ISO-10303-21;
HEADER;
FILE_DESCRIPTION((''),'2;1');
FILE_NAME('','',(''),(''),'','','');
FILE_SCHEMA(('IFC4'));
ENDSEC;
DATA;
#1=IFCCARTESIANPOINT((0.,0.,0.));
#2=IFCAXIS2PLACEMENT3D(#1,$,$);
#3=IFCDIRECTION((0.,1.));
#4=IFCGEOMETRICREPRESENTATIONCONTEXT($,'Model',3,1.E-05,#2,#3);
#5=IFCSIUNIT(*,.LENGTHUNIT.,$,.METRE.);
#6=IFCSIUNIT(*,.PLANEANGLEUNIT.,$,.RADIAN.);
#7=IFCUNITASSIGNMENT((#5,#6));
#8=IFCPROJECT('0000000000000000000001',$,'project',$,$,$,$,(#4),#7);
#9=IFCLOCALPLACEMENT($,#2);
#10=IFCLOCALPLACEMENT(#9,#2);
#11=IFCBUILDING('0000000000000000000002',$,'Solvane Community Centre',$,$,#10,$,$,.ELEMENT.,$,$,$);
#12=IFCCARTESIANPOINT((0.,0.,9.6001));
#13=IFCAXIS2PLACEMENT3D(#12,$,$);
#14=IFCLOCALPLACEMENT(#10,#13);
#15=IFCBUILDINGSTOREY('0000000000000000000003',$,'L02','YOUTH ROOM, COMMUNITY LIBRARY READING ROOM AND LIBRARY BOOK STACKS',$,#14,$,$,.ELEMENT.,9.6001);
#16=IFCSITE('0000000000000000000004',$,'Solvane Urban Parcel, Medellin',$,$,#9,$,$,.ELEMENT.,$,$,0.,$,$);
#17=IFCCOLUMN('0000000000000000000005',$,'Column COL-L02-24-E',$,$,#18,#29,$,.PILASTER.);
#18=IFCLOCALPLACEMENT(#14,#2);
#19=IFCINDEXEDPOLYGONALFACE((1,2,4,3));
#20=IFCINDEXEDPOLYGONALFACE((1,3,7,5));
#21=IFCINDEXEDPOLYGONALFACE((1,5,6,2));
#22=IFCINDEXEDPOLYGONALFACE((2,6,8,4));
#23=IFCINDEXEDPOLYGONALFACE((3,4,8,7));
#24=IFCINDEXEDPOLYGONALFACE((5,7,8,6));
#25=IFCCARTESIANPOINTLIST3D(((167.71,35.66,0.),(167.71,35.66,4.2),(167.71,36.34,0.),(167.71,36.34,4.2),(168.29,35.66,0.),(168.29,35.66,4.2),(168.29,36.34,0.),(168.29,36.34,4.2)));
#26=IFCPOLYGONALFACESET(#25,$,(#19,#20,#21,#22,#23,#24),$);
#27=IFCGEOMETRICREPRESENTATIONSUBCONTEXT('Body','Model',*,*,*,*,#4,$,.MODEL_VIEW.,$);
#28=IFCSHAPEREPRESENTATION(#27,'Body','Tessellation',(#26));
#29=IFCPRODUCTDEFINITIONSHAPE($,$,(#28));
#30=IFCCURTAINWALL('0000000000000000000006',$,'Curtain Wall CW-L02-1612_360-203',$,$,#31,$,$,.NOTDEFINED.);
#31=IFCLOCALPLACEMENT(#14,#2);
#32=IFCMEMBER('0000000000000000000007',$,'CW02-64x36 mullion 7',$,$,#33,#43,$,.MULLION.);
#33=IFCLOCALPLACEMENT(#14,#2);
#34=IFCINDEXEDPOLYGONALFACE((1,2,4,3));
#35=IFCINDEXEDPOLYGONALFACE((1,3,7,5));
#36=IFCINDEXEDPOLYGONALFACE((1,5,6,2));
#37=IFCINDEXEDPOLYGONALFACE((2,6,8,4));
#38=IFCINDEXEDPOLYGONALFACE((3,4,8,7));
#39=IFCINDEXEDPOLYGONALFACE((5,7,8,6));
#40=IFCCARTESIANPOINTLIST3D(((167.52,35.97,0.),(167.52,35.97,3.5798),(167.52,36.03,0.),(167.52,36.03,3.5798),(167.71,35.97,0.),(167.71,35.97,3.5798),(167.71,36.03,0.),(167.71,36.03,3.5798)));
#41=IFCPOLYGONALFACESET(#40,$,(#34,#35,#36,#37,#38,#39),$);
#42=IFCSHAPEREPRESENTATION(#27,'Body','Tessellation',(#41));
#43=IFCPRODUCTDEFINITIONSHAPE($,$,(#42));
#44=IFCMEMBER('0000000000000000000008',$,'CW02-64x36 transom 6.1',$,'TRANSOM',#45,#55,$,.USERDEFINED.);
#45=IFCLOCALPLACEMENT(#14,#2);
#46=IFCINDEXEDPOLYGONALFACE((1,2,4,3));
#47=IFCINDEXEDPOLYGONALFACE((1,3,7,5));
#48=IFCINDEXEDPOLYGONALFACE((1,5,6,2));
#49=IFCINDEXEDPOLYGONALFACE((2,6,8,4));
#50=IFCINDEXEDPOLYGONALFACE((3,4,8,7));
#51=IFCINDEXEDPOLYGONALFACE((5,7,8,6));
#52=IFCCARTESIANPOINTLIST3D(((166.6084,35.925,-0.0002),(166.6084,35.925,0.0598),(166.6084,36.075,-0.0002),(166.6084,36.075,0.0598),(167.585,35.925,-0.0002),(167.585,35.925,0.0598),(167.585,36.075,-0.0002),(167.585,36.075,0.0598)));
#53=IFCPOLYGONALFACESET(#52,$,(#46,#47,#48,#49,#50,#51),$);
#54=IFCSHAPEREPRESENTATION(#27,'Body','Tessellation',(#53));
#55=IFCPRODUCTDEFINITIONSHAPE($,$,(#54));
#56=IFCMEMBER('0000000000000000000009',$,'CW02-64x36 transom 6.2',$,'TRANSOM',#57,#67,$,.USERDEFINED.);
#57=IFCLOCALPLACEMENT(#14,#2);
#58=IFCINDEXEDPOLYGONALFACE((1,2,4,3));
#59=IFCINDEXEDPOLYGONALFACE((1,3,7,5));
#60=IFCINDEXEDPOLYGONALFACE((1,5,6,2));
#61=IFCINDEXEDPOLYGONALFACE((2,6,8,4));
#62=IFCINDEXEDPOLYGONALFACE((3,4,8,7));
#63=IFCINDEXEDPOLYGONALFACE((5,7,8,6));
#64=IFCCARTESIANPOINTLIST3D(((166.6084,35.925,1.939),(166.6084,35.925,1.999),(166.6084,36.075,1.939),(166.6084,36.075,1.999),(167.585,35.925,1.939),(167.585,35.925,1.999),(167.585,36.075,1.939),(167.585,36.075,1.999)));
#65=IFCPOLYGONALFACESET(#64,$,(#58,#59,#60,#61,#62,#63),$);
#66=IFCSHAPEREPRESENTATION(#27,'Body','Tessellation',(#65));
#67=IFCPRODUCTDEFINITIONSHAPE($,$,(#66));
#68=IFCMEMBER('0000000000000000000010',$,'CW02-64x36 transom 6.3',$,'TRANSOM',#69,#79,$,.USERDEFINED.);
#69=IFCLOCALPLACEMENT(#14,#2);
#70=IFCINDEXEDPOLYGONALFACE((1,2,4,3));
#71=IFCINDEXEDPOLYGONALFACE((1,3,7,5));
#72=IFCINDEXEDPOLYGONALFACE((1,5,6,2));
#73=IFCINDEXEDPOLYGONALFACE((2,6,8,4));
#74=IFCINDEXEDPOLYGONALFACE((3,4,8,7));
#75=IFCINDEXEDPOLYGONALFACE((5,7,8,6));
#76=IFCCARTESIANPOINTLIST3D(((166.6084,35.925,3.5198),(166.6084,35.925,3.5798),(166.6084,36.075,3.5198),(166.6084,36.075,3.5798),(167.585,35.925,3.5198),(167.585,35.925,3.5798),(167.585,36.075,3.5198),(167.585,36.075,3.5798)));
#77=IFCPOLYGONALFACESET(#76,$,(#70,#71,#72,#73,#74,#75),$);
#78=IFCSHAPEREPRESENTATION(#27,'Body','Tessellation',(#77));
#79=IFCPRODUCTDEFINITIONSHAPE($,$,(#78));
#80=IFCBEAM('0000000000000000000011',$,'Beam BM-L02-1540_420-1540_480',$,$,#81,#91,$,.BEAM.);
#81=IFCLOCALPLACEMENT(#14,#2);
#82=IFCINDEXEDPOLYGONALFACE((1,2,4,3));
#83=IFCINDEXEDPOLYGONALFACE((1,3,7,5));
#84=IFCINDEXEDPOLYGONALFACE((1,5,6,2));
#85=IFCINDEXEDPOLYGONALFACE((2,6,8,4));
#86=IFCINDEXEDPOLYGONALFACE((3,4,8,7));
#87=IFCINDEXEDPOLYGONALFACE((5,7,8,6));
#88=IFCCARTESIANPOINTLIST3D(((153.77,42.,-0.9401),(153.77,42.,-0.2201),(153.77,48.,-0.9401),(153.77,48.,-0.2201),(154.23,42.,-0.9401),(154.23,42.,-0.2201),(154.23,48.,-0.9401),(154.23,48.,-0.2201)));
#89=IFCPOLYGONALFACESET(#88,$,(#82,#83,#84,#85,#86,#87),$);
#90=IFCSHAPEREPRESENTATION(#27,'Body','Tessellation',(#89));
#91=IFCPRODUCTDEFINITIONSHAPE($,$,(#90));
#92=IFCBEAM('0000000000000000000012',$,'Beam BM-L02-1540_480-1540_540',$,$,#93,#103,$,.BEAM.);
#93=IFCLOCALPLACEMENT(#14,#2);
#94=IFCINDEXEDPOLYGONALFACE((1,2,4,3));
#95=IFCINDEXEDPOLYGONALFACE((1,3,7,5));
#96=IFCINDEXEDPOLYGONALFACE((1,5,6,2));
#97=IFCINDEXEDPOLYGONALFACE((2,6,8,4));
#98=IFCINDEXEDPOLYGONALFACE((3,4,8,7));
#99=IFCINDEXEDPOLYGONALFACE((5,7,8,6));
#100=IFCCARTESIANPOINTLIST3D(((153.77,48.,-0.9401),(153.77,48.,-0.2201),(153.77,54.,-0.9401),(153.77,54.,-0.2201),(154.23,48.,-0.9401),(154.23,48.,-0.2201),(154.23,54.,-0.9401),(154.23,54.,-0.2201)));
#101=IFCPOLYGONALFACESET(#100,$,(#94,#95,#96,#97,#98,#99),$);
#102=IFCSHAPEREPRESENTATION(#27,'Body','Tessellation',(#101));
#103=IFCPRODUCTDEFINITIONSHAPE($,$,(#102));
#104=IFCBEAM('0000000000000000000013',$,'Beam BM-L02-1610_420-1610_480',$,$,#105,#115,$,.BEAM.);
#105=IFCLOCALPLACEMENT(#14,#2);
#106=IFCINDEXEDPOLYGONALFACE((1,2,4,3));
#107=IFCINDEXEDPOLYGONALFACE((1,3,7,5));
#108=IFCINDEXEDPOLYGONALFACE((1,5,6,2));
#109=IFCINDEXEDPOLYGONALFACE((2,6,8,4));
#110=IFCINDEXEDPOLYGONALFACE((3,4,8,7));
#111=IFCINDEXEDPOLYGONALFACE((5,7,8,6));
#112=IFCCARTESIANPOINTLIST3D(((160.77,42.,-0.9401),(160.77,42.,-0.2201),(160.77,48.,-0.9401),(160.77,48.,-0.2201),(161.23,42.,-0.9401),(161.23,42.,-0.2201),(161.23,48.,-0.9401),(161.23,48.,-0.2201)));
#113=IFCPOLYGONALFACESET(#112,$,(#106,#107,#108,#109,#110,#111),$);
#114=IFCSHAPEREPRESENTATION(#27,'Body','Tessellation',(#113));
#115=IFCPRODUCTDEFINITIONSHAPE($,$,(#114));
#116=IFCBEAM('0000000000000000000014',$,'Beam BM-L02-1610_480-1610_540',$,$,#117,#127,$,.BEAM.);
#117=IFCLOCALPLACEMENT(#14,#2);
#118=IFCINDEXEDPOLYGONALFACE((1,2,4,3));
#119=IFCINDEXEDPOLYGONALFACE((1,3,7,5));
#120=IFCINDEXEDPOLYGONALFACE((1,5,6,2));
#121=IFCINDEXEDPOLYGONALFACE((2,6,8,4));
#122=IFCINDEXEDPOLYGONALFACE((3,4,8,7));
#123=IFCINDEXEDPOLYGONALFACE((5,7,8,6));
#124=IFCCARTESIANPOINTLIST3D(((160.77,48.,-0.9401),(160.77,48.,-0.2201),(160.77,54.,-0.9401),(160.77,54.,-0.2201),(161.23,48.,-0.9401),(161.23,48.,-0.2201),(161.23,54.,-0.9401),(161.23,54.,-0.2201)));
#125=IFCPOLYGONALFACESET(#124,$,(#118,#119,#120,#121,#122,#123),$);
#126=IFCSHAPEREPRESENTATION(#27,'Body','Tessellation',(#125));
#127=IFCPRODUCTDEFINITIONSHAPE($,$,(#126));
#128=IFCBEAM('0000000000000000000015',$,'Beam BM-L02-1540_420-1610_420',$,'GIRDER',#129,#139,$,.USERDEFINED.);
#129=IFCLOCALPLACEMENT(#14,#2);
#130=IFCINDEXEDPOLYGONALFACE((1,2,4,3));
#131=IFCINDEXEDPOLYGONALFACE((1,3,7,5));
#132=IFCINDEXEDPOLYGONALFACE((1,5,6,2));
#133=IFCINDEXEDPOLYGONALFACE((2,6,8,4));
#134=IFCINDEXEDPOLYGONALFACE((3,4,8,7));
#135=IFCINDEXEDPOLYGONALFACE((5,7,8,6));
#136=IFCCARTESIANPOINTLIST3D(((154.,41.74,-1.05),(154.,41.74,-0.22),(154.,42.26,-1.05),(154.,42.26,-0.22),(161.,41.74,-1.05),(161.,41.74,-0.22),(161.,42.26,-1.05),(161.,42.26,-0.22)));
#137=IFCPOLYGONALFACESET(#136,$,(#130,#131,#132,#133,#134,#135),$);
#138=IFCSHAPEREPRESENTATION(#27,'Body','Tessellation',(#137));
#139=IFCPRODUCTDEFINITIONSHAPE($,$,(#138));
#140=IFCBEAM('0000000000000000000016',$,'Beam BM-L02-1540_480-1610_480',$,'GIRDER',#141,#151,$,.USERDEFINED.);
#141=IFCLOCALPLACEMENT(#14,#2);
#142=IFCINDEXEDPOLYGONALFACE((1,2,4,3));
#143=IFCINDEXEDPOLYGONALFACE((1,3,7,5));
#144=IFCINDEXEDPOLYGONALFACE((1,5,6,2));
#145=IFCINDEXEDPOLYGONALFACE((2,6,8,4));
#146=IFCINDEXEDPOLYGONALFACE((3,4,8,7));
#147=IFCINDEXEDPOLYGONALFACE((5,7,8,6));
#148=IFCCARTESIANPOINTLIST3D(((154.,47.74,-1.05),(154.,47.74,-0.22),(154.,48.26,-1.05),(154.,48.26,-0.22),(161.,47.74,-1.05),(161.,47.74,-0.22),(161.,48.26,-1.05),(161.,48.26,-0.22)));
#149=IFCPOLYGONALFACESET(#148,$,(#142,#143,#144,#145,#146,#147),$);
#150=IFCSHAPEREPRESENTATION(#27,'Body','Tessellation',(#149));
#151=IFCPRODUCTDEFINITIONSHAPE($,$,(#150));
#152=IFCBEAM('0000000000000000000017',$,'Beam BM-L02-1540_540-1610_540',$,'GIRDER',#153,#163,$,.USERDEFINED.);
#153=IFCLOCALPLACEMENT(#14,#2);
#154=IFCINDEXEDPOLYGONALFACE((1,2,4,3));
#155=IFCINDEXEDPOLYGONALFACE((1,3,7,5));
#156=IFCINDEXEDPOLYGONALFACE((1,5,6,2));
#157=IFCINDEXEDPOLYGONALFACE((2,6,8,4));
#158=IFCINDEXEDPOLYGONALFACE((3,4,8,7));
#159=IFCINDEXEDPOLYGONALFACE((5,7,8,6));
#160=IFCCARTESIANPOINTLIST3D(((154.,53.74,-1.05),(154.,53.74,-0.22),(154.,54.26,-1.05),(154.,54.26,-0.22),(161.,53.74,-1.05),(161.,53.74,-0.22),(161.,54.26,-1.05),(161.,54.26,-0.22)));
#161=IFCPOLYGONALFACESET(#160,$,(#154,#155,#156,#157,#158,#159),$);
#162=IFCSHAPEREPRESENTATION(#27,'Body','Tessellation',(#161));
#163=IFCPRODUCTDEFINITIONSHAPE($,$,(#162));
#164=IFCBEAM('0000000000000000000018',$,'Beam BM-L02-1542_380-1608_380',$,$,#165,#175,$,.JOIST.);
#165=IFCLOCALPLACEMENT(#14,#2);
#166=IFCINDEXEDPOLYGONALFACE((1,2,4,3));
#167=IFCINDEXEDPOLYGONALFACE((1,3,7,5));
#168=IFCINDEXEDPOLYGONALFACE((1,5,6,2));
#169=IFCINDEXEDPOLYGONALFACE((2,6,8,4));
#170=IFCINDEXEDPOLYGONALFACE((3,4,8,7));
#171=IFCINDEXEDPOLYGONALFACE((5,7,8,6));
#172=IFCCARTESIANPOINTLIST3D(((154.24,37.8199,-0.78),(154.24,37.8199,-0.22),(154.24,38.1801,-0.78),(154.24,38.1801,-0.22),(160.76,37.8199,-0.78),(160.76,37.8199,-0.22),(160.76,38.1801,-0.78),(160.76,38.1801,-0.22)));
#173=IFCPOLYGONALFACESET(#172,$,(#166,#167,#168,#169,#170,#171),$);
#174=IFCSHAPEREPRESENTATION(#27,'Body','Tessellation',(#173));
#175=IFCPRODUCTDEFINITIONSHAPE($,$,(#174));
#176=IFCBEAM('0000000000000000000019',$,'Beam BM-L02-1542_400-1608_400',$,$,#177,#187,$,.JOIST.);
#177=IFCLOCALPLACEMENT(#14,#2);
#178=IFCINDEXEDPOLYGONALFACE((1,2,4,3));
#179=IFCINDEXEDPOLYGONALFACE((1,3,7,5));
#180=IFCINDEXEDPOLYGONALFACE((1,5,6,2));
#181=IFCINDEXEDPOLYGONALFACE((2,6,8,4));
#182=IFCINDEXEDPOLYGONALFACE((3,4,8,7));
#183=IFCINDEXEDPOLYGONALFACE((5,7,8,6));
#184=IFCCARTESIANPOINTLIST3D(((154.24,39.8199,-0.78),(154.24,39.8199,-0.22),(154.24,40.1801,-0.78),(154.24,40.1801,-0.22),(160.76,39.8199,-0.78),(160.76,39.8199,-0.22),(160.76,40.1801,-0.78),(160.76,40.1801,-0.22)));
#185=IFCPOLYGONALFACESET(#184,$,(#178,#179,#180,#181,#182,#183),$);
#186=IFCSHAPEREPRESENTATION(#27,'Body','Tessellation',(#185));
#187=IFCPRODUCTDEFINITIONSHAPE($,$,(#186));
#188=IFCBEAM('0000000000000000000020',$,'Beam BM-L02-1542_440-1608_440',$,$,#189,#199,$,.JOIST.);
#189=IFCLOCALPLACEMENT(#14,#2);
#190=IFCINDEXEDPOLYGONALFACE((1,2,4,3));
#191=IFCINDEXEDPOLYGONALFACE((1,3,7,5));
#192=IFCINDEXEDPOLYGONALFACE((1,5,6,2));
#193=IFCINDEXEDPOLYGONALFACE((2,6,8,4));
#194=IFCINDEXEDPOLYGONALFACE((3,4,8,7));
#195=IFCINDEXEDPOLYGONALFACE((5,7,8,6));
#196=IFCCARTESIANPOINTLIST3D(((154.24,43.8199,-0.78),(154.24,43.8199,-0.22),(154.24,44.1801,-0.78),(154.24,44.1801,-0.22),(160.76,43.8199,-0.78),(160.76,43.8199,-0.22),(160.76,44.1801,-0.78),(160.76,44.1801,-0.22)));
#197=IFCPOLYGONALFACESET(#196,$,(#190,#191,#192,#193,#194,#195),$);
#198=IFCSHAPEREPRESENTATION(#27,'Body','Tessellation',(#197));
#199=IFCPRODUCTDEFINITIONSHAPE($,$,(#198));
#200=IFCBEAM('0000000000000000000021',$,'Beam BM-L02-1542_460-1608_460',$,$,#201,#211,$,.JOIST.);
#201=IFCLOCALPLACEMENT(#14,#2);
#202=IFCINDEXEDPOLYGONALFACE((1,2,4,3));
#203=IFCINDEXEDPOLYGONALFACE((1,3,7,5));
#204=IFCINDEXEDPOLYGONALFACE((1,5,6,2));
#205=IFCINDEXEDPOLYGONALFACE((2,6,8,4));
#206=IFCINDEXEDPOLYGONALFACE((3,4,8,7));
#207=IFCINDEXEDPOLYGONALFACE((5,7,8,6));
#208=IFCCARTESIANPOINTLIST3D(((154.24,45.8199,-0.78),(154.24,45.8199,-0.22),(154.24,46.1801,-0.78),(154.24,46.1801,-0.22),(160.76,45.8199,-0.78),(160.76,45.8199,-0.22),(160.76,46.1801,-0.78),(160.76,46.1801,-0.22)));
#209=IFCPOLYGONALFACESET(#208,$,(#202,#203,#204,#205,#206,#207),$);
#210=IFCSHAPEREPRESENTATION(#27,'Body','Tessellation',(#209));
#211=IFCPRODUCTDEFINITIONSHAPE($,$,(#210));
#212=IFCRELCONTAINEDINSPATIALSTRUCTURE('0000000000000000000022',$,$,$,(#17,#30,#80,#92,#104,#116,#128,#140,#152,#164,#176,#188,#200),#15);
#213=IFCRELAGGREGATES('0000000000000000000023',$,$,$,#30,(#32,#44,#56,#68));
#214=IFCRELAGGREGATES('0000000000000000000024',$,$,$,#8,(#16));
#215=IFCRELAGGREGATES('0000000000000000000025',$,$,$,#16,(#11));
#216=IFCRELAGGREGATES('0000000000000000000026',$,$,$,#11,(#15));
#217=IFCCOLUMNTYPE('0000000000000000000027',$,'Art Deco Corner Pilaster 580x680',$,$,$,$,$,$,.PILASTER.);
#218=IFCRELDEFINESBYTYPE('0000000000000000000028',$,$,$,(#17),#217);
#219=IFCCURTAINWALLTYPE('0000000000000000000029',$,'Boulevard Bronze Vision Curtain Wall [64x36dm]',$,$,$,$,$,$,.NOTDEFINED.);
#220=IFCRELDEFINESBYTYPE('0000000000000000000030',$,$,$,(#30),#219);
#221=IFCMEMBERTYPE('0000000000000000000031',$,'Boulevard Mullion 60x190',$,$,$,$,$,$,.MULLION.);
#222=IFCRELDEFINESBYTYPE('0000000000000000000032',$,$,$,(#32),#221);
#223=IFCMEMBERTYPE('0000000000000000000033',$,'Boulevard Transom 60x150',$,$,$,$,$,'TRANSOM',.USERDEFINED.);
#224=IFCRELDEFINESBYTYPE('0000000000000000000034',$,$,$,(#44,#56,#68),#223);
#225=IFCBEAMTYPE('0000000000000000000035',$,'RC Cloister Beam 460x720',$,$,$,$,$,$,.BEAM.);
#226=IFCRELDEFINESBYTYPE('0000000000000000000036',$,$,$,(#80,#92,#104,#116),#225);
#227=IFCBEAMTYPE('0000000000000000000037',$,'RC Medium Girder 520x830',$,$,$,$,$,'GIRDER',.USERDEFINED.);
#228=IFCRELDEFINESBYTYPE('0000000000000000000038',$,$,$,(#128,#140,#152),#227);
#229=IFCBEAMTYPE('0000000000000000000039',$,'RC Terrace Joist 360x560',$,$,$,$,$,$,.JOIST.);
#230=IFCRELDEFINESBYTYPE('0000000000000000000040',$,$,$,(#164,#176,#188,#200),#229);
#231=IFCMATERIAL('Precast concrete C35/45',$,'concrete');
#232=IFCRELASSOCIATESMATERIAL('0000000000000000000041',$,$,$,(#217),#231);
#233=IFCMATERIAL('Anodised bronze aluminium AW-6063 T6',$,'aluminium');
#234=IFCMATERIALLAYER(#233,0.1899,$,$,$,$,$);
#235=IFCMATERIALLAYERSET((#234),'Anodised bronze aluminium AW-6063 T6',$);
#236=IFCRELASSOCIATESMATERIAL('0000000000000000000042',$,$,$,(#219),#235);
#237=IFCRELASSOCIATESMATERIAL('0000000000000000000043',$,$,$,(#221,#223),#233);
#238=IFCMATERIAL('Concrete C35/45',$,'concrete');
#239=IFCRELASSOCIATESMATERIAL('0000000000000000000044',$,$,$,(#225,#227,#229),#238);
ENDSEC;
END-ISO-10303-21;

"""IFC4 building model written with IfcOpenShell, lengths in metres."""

from ifc_helpers import new_model, si_unit, direction, frame, origin, origin_2d, place, context, subcontext, project, spatial, rectangle, extrude, material, layer, layer_set, material_profile, profile_set, type_object, element, aggregate, save


model = new_model("IFC4")

# Units and contexts
model_context = context("Model", 3, precision=1e-05, world=origin(), true_north=direction((0.0, 1.0)))
body_context = subcontext(model_context, "Body", "Model", "MODEL_VIEW")
ifc_project = project(units=[si_unit("LENGTHUNIT", "METRE"), si_unit("PLANEANGLEUNIT", "RADIAN")], contexts=[model_context])

# Site, building, storey
site_placement = place(None, origin())
site = spatial("IfcSite", under=ifc_project, at=site_placement, Name="Solvane Urban Parcel, Medellin", CompositionType="ELEMENT", RefElevation=0.0)
building_placement = place(site_placement, origin())
building = spatial("IfcBuilding", under=site, at=building_placement, Name="Solvane Community Centre", CompositionType="ELEMENT")
storey_placement = place(building_placement, frame((0.0, 0.0, 9.6001)))
storey = spatial("IfcBuildingStorey", under=building, at=storey_placement, Name="L02", Description="YOUTH ROOM, COMMUNITY LIBRARY READING ROOM AND LIBRARY BOOK STACKS", CompositionType="ELEMENT", Elevation=9.6001)

# Column
ifc_material_1 = material(Name="Precast concrete C35/45", Category="concrete")
ifc_material_profile_1 = material_profile(ifc_material_1, rectangle(XDim=0.5801, YDim=0.6799, at=origin_2d()), Name="RC 580x680")
ifc_profile_set_1 = profile_set([ifc_material_profile_1], Name="Precast concrete C35/45")
column_type = type_object("IfcColumnType", Name="Art Deco Corner Pilaster 580x680", PredefinedType="PILASTER", material=ifc_profile_set_1)
column_placement = place(storey_placement, frame((168.0, 36.0, 0.0), z_axis=(0.0, 0.0, 1.0), x_axis=(1.0, 0.0, 0.0)))
element("IfcColumn", 1, at=column_placement, inside=storey, type_object=column_type, Name="Column COL-L02-24-E", PredefinedType="PILASTER", context=body_context, shape_type="SweptSolid", body=[
    extrude(rectangle(XDim=0.5801, YDim=0.6799, at=origin_2d()), origin(), (0.0, 0.0, 1.0), 4.2),
])

# Curtain wall, members
ifc_material_2 = material(Name="Anodised bronze aluminium AW-6063 T6", Category="aluminium")
ifc_layer_1 = layer(ifc_material_2, 0.1899)
ifc_layer_set_1 = layer_set([ifc_layer_1], Name="Anodised bronze aluminium AW-6063 T6")
curtain_wall_type = type_object("IfcCurtainWallType", Name="Boulevard Bronze Vision Curtain Wall [64x36dm]", PredefinedType="NOTDEFINED", material=ifc_layer_set_1)
curtain_wall_placement = place(storey_placement, origin())
curtain_wall = element("IfcCurtainWall", 2, at=curtain_wall_placement, inside=storey, type_object=curtain_wall_type, Name="Curtain Wall CW-L02-1612_360-203", PredefinedType="NOTDEFINED")
ifc_material_profile_2 = material_profile(ifc_material_2, rectangle(XDim=0.0601, YDim=0.1899, at=origin_2d()), Name="CW-M 60x190")
ifc_profile_set_2 = profile_set([ifc_material_profile_2], Name="Anodised bronze aluminium AW-6063 T6")
member_type_1 = type_object("IfcMemberType", Name="Boulevard Mullion 60x190", PredefinedType="MULLION", material=ifc_profile_set_2)
member_1_placement = place(storey_placement, frame((167.615, 36.0, 0.0), z_axis=(0.0, 0.0, 1.0), x_axis=(0.0, 1.0, 0.0)))
member_1 = element("IfcMember", 3, at=member_1_placement, type_object=member_type_1, Name="CW02-64x36 mullion 7", PredefinedType="MULLION", context=body_context, shape_type="SweptSolid", body=[
    extrude(rectangle(XDim=0.0601, YDim=0.1899, at=origin_2d()), origin(), (0.0, 0.0, 1.0), 3.5798),
])
ifc_material_profile_3 = material_profile(ifc_material_2, rectangle(XDim=0.1499, YDim=0.0601, at=origin_2d()), Name="CW-T 60x150")
ifc_profile_set_3 = profile_set([ifc_material_profile_3], Name="Anodised bronze aluminium AW-6063 T6")
member_type_2 = type_object("IfcMemberType", Name="Boulevard Transom 60x150", ElementType="TRANSOM", PredefinedType="USERDEFINED", material=ifc_profile_set_3)
member_2_placement = place(storey_placement, frame((166.6084, 36.0, 0.0298), z_axis=(1.0, 0.0, 0.0), x_axis=(0.0, 1.0, 0.0)))
member_2 = element("IfcMember", 4, at=member_2_placement, type_object=member_type_2, Name="CW02-64x36 transom 6.1", ObjectType="TRANSOM", PredefinedType="USERDEFINED", context=body_context, shape_type="SweptSolid", body=[
    extrude(rectangle(XDim=0.1499, YDim=0.0601, at=origin_2d()), origin(), (0.0, 0.0, 1.0), 0.9766),
])
member_3_placement = place(storey_placement, frame((166.6084, 36.0, 1.969), z_axis=(1.0, 0.0, 0.0), x_axis=(0.0, 1.0, 0.0)))
member_3 = element("IfcMember", 5, at=member_3_placement, type_object=member_type_2, Name="CW02-64x36 transom 6.2", ObjectType="TRANSOM", PredefinedType="USERDEFINED", context=body_context, shape_type="SweptSolid", body=[
    extrude(rectangle(XDim=0.1499, YDim=0.0601, at=origin_2d()), origin(), (0.0, 0.0, 1.0), 0.9766),
])
member_4_placement = place(storey_placement, frame((166.6084, 36.0, 3.5498), z_axis=(1.0, 0.0, 0.0), x_axis=(0.0, 1.0, 0.0)))
member_4 = element("IfcMember", 6, at=member_4_placement, type_object=member_type_2, Name="CW02-64x36 transom 6.3", ObjectType="TRANSOM", PredefinedType="USERDEFINED", context=body_context, shape_type="SweptSolid", body=[
    extrude(rectangle(XDim=0.1499, YDim=0.0601, at=origin_2d()), origin(), (0.0, 0.0, 1.0), 0.9766),
])

# Beams
ifc_material_3 = material(Name="Concrete C35/45", Category="concrete")
ifc_material_profile_4 = material_profile(ifc_material_3, rectangle(XDim=0.46, YDim=0.72, at=origin_2d()), Name="RC 460x720")
ifc_profile_set_4 = profile_set([ifc_material_profile_4], Name="Concrete C35/45")
beam_type_1 = type_object("IfcBeamType", Name="RC Cloister Beam 460x720", PredefinedType="BEAM", material=ifc_profile_set_4)
for number, where, z_axis, x_axis, name in (
    (7, (154.0, 42.0, -0.5801), (0.0, 1.0, 0.0), (-1.0, 0.0, 0.0), "Beam BM-L02-1540_420-1540_480"),
    (8, (154.0, 48.0, -0.5801), (0.0, 1.0, 0.0), (-1.0, 0.0, 0.0), "Beam BM-L02-1540_480-1540_540"),
    (9, (161.0, 42.0, -0.5801), (0.0, 1.0, 0.0), (-1.0, 0.0, 0.0), "Beam BM-L02-1610_420-1610_480"),
    (10, (161.0, 48.0, -0.5801), (0.0, 1.0, 0.0), (-1.0, 0.0, 0.0), "Beam BM-L02-1610_480-1610_540"),
):
    element("IfcBeam", number, at=place(storey_placement, frame(where, z_axis=z_axis, x_axis=x_axis)), inside=storey, type_object=beam_type_1, Name=name, PredefinedType="BEAM", context=body_context, shape_type="SweptSolid", body=[
        extrude(rectangle(XDim=0.46, YDim=0.72, at=origin_2d()), origin(), (0.0, 0.0, 1.0), 6.0),
    ])
ifc_material_profile_5 = material_profile(ifc_material_3, rectangle(XDim=0.52, YDim=0.8301, at=origin_2d()), Name="RC 520x830")
ifc_profile_set_5 = profile_set([ifc_material_profile_5], Name="Concrete C35/45")
beam_type_2 = type_object("IfcBeamType", Name="RC Medium Girder 520x830", ElementType="GIRDER", PredefinedType="USERDEFINED", material=ifc_profile_set_5)
for number, where, z_axis, x_axis, name in (
    (11, (154.0, 42.0, -0.635), (1.0, 0.0, 0.0), (0.0, 1.0, 0.0), "Beam BM-L02-1540_420-1610_420"),
    (12, (154.0, 48.0, -0.635), (1.0, 0.0, 0.0), (0.0, 1.0, 0.0), "Beam BM-L02-1540_480-1610_480"),
    (13, (154.0, 54.0, -0.635), (1.0, 0.0, 0.0), (0.0, 1.0, 0.0), "Beam BM-L02-1540_540-1610_540"),
):
    element("IfcBeam", number, at=place(storey_placement, frame(where, z_axis=z_axis, x_axis=x_axis)), inside=storey, type_object=beam_type_2, Name=name, ObjectType="GIRDER", PredefinedType="USERDEFINED", context=body_context, shape_type="SweptSolid", body=[
        extrude(rectangle(XDim=0.52, YDim=0.8301, at=origin_2d()), origin(), (0.0, 0.0, 1.0), 7.0),
    ])
ifc_material_profile_6 = material_profile(ifc_material_3, rectangle(XDim=0.3601, YDim=0.5601, at=origin_2d()), Name="RC 360x560")
ifc_profile_set_6 = profile_set([ifc_material_profile_6], Name="Concrete C35/45")
beam_type_3 = type_object("IfcBeamType", Name="RC Terrace Joist 360x560", PredefinedType="JOIST", material=ifc_profile_set_6)
for number, where, z_axis, x_axis, name in (
    (14, (154.24, 38.0, -0.5), (1.0, 0.0, 0.0), (0.0, 1.0, 0.0), "Beam BM-L02-1542_380-1608_380"),
    (15, (154.24, 40.0, -0.5), (1.0, 0.0, 0.0), (0.0, 1.0, 0.0), "Beam BM-L02-1542_400-1608_400"),
    (16, (154.24, 44.0, -0.5), (1.0, 0.0, 0.0), (0.0, 1.0, 0.0), "Beam BM-L02-1542_440-1608_440"),
    (17, (154.24, 46.0, -0.5), (1.0, 0.0, 0.0), (0.0, 1.0, 0.0), "Beam BM-L02-1542_460-1608_460"),
):
    element("IfcBeam", number, at=place(storey_placement, frame(where, z_axis=z_axis, x_axis=x_axis)), inside=storey, type_object=beam_type_3, Name=name, PredefinedType="JOIST", context=body_context, shape_type="SweptSolid", body=[
        extrude(rectangle(XDim=0.3601, YDim=0.5601, at=origin_2d()), origin(), (0.0, 0.0, 1.0), 6.52),
    ])

aggregate(curtain_wall, [member_1, member_2, member_3, member_4])

save(model, "model.ifc")
